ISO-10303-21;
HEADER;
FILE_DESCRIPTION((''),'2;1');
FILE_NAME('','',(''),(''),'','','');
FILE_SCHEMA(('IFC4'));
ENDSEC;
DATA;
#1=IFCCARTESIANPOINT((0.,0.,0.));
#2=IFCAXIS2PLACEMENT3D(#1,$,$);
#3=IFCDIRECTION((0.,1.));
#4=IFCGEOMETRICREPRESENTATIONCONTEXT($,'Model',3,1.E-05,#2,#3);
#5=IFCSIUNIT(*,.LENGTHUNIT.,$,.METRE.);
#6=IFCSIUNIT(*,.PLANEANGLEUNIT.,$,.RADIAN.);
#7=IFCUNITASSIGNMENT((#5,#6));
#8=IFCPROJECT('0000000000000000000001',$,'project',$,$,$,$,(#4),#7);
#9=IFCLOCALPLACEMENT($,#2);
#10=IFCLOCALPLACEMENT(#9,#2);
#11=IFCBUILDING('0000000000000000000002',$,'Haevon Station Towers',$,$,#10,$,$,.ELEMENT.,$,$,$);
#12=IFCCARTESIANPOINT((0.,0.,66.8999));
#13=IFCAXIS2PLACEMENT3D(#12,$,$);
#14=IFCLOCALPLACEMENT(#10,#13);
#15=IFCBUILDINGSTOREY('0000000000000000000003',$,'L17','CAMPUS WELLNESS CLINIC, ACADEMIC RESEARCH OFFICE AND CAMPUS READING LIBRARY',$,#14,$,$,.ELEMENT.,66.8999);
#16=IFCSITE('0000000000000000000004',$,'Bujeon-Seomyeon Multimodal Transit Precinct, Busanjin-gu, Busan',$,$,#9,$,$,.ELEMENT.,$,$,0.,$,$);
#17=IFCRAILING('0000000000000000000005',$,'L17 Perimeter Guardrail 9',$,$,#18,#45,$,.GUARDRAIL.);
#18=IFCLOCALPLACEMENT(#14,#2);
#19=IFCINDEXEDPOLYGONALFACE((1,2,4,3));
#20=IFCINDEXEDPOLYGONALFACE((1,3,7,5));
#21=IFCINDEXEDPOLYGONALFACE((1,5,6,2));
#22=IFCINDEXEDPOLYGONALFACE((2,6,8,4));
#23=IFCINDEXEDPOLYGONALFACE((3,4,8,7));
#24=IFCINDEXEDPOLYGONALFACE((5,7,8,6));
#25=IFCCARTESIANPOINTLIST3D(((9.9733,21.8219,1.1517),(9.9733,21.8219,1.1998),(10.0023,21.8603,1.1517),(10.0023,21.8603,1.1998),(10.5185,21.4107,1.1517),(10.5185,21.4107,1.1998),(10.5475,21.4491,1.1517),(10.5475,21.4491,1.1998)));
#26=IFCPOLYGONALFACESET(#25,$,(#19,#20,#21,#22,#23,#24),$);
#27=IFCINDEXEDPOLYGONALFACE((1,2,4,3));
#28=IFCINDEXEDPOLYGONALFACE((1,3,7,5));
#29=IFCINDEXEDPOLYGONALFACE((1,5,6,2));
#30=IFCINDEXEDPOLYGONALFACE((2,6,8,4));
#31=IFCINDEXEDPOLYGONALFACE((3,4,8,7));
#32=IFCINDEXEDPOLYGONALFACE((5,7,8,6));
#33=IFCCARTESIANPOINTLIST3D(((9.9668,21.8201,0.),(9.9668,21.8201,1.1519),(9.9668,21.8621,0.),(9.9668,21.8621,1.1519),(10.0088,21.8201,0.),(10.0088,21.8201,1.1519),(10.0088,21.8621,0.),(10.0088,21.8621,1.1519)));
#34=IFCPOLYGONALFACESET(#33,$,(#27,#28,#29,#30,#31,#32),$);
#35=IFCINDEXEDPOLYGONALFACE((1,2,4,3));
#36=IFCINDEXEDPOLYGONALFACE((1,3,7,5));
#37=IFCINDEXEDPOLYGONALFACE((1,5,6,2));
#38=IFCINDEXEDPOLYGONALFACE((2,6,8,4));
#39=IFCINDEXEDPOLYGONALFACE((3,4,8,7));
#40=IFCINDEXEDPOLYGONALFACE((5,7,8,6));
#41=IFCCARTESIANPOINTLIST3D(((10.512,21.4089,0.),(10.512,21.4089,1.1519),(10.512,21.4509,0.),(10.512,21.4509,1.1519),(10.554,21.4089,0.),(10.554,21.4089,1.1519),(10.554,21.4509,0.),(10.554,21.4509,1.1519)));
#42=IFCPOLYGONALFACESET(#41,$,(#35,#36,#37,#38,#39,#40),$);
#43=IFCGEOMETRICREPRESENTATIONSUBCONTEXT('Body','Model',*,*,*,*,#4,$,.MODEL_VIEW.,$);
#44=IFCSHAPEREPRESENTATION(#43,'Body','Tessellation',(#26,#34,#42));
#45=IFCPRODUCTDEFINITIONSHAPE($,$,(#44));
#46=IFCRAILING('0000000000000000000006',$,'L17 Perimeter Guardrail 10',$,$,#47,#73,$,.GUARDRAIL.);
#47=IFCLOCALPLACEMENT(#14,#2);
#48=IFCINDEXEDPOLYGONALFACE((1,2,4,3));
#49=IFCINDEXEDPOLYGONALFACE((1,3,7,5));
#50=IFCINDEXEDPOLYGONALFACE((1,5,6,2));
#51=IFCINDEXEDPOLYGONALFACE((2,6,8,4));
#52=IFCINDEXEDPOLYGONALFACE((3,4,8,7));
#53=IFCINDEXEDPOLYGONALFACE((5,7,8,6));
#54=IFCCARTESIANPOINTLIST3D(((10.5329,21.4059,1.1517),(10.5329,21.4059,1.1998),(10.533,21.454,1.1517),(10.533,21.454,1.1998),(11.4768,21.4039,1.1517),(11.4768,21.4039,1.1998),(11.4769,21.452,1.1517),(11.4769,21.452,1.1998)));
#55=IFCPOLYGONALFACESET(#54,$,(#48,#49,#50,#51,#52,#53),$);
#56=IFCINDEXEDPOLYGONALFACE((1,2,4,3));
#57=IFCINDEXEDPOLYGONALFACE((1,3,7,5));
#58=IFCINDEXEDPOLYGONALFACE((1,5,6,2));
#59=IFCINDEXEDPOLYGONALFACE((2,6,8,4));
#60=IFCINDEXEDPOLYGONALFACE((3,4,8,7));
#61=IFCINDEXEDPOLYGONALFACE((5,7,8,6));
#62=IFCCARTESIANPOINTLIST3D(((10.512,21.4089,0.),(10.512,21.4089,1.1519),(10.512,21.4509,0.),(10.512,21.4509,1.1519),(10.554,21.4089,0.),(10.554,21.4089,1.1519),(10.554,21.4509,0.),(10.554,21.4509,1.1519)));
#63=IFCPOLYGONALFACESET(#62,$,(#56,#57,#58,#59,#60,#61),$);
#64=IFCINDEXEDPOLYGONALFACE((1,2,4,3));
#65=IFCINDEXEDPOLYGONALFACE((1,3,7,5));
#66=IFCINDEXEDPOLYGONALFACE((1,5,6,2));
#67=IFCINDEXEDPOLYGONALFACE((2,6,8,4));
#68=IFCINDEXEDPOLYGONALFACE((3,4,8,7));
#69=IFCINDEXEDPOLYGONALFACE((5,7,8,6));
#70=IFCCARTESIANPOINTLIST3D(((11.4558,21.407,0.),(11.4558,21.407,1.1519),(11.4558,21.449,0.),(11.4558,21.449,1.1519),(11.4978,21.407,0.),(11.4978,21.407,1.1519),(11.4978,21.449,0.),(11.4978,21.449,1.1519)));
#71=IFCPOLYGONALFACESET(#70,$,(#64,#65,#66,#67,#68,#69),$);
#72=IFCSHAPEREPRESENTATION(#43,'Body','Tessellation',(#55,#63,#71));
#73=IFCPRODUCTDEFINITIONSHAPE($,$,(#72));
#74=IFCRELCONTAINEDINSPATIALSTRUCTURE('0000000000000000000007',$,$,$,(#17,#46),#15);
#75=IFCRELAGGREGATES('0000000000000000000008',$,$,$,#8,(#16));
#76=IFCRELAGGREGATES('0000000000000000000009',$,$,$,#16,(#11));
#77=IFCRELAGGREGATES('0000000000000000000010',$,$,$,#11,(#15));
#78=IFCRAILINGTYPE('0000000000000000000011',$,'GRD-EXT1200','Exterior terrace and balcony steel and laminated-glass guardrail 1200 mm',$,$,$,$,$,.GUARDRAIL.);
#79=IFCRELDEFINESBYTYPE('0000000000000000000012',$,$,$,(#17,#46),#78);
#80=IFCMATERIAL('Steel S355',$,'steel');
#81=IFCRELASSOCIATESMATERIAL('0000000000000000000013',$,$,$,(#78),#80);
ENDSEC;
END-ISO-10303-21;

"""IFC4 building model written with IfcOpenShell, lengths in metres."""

from ifc_helpers import new_model, si_unit, direction, frame, origin, origin_2d, place, context, subcontext, project, spatial, rectangle, extrude, material, type_object, element, save


model = new_model("IFC4")

# Units and contexts
model_context = context("Model", 3, precision=1e-05, world=origin(), true_north=direction((0.0, 1.0)))
body_context = subcontext(model_context, "Body", "Model", "MODEL_VIEW")
ifc_project = project(units=[si_unit("LENGTHUNIT", "METRE"), si_unit("PLANEANGLEUNIT", "RADIAN")], contexts=[model_context])

# Site, building, storey
site_placement = place(None, origin())
site = spatial("IfcSite", under=ifc_project, at=site_placement, Name="Bujeon-Seomyeon Multimodal Transit Precinct, Busanjin-gu, Busan", CompositionType="ELEMENT", RefElevation=0.0)
building_placement = place(site_placement, origin())
building = spatial("IfcBuilding", under=site, at=building_placement, Name="Haevon Station Towers", CompositionType="ELEMENT")
storey_placement = place(building_placement, frame((0.0, 0.0, 66.8999)))
storey = spatial("IfcBuildingStorey", under=building, at=storey_placement, Name="L17", Description="CAMPUS WELLNESS CLINIC, ACADEMIC RESEARCH OFFICE AND CAMPUS READING LIBRARY", CompositionType="ELEMENT", Elevation=66.8999)

# Shared definitions
ifc_material_1 = material(Name="Steel S355", Category="steel")

# Railings
railing_type = type_object("IfcRailingType", Name="GRD-EXT1200", Description="Exterior terrace and balcony steel and laminated-glass guardrail 1200 mm", PredefinedType="GUARDRAIL", material=ifc_material_1)
railing_1_placement = place(storey_placement, frame((9.9878, 21.8411, 0.0)))
element("IfcRailing", 1, at=railing_1_placement, inside=storey, type_object=railing_type, Name="L17 Perimeter Guardrail 9", PredefinedType="GUARDRAIL", context=body_context, shape_type="SweptSolid", body=[
    extrude(rectangle(XDim=0.0481, YDim=0.0481, at=origin_2d()), frame((0.0, 0.0, 1.1758), z_axis=(0.79841, -0.602115, 0.0), x_axis=(0.602115, 0.79841, 0.0)), (0.0, 0.0, 1.0), 0.6829),
    extrude(rectangle(XDim=0.042, YDim=0.042, at=origin_2d()), origin(), (0.0, 0.0, 1.0), 1.1519),
    extrude(rectangle(XDim=0.042, YDim=0.042, at=origin_2d()), frame((0.5452, -0.4111, 0.0)), (0.0, 0.0, 1.0), 1.1519),
])
railing_2_placement = place(storey_placement, frame((10.533, 21.4299, 0.0)))
element("IfcRailing", 2, at=railing_2_placement, inside=storey, type_object=railing_type, Name="L17 Perimeter Guardrail 10", PredefinedType="GUARDRAIL", context=body_context, shape_type="SweptSolid", body=[
    extrude(rectangle(XDim=0.0481, YDim=0.0481, at=origin_2d()), frame((0.0, 0.0, 1.1758), z_axis=(0.999998, -0.002069, 0.0), x_axis=(0.002069, 0.999998, 0.0)), (0.0, 0.0, 1.0), 0.9438),
    extrude(rectangle(XDim=0.042, YDim=0.042, at=origin_2d()), origin(), (0.0, 0.0, 1.0), 1.1519),
    extrude(rectangle(XDim=0.042, YDim=0.042, at=origin_2d()), frame((0.9438, -0.002, 0.0)), (0.0, 0.0, 1.0), 1.1519),
])

save(model, "model.ifc")
